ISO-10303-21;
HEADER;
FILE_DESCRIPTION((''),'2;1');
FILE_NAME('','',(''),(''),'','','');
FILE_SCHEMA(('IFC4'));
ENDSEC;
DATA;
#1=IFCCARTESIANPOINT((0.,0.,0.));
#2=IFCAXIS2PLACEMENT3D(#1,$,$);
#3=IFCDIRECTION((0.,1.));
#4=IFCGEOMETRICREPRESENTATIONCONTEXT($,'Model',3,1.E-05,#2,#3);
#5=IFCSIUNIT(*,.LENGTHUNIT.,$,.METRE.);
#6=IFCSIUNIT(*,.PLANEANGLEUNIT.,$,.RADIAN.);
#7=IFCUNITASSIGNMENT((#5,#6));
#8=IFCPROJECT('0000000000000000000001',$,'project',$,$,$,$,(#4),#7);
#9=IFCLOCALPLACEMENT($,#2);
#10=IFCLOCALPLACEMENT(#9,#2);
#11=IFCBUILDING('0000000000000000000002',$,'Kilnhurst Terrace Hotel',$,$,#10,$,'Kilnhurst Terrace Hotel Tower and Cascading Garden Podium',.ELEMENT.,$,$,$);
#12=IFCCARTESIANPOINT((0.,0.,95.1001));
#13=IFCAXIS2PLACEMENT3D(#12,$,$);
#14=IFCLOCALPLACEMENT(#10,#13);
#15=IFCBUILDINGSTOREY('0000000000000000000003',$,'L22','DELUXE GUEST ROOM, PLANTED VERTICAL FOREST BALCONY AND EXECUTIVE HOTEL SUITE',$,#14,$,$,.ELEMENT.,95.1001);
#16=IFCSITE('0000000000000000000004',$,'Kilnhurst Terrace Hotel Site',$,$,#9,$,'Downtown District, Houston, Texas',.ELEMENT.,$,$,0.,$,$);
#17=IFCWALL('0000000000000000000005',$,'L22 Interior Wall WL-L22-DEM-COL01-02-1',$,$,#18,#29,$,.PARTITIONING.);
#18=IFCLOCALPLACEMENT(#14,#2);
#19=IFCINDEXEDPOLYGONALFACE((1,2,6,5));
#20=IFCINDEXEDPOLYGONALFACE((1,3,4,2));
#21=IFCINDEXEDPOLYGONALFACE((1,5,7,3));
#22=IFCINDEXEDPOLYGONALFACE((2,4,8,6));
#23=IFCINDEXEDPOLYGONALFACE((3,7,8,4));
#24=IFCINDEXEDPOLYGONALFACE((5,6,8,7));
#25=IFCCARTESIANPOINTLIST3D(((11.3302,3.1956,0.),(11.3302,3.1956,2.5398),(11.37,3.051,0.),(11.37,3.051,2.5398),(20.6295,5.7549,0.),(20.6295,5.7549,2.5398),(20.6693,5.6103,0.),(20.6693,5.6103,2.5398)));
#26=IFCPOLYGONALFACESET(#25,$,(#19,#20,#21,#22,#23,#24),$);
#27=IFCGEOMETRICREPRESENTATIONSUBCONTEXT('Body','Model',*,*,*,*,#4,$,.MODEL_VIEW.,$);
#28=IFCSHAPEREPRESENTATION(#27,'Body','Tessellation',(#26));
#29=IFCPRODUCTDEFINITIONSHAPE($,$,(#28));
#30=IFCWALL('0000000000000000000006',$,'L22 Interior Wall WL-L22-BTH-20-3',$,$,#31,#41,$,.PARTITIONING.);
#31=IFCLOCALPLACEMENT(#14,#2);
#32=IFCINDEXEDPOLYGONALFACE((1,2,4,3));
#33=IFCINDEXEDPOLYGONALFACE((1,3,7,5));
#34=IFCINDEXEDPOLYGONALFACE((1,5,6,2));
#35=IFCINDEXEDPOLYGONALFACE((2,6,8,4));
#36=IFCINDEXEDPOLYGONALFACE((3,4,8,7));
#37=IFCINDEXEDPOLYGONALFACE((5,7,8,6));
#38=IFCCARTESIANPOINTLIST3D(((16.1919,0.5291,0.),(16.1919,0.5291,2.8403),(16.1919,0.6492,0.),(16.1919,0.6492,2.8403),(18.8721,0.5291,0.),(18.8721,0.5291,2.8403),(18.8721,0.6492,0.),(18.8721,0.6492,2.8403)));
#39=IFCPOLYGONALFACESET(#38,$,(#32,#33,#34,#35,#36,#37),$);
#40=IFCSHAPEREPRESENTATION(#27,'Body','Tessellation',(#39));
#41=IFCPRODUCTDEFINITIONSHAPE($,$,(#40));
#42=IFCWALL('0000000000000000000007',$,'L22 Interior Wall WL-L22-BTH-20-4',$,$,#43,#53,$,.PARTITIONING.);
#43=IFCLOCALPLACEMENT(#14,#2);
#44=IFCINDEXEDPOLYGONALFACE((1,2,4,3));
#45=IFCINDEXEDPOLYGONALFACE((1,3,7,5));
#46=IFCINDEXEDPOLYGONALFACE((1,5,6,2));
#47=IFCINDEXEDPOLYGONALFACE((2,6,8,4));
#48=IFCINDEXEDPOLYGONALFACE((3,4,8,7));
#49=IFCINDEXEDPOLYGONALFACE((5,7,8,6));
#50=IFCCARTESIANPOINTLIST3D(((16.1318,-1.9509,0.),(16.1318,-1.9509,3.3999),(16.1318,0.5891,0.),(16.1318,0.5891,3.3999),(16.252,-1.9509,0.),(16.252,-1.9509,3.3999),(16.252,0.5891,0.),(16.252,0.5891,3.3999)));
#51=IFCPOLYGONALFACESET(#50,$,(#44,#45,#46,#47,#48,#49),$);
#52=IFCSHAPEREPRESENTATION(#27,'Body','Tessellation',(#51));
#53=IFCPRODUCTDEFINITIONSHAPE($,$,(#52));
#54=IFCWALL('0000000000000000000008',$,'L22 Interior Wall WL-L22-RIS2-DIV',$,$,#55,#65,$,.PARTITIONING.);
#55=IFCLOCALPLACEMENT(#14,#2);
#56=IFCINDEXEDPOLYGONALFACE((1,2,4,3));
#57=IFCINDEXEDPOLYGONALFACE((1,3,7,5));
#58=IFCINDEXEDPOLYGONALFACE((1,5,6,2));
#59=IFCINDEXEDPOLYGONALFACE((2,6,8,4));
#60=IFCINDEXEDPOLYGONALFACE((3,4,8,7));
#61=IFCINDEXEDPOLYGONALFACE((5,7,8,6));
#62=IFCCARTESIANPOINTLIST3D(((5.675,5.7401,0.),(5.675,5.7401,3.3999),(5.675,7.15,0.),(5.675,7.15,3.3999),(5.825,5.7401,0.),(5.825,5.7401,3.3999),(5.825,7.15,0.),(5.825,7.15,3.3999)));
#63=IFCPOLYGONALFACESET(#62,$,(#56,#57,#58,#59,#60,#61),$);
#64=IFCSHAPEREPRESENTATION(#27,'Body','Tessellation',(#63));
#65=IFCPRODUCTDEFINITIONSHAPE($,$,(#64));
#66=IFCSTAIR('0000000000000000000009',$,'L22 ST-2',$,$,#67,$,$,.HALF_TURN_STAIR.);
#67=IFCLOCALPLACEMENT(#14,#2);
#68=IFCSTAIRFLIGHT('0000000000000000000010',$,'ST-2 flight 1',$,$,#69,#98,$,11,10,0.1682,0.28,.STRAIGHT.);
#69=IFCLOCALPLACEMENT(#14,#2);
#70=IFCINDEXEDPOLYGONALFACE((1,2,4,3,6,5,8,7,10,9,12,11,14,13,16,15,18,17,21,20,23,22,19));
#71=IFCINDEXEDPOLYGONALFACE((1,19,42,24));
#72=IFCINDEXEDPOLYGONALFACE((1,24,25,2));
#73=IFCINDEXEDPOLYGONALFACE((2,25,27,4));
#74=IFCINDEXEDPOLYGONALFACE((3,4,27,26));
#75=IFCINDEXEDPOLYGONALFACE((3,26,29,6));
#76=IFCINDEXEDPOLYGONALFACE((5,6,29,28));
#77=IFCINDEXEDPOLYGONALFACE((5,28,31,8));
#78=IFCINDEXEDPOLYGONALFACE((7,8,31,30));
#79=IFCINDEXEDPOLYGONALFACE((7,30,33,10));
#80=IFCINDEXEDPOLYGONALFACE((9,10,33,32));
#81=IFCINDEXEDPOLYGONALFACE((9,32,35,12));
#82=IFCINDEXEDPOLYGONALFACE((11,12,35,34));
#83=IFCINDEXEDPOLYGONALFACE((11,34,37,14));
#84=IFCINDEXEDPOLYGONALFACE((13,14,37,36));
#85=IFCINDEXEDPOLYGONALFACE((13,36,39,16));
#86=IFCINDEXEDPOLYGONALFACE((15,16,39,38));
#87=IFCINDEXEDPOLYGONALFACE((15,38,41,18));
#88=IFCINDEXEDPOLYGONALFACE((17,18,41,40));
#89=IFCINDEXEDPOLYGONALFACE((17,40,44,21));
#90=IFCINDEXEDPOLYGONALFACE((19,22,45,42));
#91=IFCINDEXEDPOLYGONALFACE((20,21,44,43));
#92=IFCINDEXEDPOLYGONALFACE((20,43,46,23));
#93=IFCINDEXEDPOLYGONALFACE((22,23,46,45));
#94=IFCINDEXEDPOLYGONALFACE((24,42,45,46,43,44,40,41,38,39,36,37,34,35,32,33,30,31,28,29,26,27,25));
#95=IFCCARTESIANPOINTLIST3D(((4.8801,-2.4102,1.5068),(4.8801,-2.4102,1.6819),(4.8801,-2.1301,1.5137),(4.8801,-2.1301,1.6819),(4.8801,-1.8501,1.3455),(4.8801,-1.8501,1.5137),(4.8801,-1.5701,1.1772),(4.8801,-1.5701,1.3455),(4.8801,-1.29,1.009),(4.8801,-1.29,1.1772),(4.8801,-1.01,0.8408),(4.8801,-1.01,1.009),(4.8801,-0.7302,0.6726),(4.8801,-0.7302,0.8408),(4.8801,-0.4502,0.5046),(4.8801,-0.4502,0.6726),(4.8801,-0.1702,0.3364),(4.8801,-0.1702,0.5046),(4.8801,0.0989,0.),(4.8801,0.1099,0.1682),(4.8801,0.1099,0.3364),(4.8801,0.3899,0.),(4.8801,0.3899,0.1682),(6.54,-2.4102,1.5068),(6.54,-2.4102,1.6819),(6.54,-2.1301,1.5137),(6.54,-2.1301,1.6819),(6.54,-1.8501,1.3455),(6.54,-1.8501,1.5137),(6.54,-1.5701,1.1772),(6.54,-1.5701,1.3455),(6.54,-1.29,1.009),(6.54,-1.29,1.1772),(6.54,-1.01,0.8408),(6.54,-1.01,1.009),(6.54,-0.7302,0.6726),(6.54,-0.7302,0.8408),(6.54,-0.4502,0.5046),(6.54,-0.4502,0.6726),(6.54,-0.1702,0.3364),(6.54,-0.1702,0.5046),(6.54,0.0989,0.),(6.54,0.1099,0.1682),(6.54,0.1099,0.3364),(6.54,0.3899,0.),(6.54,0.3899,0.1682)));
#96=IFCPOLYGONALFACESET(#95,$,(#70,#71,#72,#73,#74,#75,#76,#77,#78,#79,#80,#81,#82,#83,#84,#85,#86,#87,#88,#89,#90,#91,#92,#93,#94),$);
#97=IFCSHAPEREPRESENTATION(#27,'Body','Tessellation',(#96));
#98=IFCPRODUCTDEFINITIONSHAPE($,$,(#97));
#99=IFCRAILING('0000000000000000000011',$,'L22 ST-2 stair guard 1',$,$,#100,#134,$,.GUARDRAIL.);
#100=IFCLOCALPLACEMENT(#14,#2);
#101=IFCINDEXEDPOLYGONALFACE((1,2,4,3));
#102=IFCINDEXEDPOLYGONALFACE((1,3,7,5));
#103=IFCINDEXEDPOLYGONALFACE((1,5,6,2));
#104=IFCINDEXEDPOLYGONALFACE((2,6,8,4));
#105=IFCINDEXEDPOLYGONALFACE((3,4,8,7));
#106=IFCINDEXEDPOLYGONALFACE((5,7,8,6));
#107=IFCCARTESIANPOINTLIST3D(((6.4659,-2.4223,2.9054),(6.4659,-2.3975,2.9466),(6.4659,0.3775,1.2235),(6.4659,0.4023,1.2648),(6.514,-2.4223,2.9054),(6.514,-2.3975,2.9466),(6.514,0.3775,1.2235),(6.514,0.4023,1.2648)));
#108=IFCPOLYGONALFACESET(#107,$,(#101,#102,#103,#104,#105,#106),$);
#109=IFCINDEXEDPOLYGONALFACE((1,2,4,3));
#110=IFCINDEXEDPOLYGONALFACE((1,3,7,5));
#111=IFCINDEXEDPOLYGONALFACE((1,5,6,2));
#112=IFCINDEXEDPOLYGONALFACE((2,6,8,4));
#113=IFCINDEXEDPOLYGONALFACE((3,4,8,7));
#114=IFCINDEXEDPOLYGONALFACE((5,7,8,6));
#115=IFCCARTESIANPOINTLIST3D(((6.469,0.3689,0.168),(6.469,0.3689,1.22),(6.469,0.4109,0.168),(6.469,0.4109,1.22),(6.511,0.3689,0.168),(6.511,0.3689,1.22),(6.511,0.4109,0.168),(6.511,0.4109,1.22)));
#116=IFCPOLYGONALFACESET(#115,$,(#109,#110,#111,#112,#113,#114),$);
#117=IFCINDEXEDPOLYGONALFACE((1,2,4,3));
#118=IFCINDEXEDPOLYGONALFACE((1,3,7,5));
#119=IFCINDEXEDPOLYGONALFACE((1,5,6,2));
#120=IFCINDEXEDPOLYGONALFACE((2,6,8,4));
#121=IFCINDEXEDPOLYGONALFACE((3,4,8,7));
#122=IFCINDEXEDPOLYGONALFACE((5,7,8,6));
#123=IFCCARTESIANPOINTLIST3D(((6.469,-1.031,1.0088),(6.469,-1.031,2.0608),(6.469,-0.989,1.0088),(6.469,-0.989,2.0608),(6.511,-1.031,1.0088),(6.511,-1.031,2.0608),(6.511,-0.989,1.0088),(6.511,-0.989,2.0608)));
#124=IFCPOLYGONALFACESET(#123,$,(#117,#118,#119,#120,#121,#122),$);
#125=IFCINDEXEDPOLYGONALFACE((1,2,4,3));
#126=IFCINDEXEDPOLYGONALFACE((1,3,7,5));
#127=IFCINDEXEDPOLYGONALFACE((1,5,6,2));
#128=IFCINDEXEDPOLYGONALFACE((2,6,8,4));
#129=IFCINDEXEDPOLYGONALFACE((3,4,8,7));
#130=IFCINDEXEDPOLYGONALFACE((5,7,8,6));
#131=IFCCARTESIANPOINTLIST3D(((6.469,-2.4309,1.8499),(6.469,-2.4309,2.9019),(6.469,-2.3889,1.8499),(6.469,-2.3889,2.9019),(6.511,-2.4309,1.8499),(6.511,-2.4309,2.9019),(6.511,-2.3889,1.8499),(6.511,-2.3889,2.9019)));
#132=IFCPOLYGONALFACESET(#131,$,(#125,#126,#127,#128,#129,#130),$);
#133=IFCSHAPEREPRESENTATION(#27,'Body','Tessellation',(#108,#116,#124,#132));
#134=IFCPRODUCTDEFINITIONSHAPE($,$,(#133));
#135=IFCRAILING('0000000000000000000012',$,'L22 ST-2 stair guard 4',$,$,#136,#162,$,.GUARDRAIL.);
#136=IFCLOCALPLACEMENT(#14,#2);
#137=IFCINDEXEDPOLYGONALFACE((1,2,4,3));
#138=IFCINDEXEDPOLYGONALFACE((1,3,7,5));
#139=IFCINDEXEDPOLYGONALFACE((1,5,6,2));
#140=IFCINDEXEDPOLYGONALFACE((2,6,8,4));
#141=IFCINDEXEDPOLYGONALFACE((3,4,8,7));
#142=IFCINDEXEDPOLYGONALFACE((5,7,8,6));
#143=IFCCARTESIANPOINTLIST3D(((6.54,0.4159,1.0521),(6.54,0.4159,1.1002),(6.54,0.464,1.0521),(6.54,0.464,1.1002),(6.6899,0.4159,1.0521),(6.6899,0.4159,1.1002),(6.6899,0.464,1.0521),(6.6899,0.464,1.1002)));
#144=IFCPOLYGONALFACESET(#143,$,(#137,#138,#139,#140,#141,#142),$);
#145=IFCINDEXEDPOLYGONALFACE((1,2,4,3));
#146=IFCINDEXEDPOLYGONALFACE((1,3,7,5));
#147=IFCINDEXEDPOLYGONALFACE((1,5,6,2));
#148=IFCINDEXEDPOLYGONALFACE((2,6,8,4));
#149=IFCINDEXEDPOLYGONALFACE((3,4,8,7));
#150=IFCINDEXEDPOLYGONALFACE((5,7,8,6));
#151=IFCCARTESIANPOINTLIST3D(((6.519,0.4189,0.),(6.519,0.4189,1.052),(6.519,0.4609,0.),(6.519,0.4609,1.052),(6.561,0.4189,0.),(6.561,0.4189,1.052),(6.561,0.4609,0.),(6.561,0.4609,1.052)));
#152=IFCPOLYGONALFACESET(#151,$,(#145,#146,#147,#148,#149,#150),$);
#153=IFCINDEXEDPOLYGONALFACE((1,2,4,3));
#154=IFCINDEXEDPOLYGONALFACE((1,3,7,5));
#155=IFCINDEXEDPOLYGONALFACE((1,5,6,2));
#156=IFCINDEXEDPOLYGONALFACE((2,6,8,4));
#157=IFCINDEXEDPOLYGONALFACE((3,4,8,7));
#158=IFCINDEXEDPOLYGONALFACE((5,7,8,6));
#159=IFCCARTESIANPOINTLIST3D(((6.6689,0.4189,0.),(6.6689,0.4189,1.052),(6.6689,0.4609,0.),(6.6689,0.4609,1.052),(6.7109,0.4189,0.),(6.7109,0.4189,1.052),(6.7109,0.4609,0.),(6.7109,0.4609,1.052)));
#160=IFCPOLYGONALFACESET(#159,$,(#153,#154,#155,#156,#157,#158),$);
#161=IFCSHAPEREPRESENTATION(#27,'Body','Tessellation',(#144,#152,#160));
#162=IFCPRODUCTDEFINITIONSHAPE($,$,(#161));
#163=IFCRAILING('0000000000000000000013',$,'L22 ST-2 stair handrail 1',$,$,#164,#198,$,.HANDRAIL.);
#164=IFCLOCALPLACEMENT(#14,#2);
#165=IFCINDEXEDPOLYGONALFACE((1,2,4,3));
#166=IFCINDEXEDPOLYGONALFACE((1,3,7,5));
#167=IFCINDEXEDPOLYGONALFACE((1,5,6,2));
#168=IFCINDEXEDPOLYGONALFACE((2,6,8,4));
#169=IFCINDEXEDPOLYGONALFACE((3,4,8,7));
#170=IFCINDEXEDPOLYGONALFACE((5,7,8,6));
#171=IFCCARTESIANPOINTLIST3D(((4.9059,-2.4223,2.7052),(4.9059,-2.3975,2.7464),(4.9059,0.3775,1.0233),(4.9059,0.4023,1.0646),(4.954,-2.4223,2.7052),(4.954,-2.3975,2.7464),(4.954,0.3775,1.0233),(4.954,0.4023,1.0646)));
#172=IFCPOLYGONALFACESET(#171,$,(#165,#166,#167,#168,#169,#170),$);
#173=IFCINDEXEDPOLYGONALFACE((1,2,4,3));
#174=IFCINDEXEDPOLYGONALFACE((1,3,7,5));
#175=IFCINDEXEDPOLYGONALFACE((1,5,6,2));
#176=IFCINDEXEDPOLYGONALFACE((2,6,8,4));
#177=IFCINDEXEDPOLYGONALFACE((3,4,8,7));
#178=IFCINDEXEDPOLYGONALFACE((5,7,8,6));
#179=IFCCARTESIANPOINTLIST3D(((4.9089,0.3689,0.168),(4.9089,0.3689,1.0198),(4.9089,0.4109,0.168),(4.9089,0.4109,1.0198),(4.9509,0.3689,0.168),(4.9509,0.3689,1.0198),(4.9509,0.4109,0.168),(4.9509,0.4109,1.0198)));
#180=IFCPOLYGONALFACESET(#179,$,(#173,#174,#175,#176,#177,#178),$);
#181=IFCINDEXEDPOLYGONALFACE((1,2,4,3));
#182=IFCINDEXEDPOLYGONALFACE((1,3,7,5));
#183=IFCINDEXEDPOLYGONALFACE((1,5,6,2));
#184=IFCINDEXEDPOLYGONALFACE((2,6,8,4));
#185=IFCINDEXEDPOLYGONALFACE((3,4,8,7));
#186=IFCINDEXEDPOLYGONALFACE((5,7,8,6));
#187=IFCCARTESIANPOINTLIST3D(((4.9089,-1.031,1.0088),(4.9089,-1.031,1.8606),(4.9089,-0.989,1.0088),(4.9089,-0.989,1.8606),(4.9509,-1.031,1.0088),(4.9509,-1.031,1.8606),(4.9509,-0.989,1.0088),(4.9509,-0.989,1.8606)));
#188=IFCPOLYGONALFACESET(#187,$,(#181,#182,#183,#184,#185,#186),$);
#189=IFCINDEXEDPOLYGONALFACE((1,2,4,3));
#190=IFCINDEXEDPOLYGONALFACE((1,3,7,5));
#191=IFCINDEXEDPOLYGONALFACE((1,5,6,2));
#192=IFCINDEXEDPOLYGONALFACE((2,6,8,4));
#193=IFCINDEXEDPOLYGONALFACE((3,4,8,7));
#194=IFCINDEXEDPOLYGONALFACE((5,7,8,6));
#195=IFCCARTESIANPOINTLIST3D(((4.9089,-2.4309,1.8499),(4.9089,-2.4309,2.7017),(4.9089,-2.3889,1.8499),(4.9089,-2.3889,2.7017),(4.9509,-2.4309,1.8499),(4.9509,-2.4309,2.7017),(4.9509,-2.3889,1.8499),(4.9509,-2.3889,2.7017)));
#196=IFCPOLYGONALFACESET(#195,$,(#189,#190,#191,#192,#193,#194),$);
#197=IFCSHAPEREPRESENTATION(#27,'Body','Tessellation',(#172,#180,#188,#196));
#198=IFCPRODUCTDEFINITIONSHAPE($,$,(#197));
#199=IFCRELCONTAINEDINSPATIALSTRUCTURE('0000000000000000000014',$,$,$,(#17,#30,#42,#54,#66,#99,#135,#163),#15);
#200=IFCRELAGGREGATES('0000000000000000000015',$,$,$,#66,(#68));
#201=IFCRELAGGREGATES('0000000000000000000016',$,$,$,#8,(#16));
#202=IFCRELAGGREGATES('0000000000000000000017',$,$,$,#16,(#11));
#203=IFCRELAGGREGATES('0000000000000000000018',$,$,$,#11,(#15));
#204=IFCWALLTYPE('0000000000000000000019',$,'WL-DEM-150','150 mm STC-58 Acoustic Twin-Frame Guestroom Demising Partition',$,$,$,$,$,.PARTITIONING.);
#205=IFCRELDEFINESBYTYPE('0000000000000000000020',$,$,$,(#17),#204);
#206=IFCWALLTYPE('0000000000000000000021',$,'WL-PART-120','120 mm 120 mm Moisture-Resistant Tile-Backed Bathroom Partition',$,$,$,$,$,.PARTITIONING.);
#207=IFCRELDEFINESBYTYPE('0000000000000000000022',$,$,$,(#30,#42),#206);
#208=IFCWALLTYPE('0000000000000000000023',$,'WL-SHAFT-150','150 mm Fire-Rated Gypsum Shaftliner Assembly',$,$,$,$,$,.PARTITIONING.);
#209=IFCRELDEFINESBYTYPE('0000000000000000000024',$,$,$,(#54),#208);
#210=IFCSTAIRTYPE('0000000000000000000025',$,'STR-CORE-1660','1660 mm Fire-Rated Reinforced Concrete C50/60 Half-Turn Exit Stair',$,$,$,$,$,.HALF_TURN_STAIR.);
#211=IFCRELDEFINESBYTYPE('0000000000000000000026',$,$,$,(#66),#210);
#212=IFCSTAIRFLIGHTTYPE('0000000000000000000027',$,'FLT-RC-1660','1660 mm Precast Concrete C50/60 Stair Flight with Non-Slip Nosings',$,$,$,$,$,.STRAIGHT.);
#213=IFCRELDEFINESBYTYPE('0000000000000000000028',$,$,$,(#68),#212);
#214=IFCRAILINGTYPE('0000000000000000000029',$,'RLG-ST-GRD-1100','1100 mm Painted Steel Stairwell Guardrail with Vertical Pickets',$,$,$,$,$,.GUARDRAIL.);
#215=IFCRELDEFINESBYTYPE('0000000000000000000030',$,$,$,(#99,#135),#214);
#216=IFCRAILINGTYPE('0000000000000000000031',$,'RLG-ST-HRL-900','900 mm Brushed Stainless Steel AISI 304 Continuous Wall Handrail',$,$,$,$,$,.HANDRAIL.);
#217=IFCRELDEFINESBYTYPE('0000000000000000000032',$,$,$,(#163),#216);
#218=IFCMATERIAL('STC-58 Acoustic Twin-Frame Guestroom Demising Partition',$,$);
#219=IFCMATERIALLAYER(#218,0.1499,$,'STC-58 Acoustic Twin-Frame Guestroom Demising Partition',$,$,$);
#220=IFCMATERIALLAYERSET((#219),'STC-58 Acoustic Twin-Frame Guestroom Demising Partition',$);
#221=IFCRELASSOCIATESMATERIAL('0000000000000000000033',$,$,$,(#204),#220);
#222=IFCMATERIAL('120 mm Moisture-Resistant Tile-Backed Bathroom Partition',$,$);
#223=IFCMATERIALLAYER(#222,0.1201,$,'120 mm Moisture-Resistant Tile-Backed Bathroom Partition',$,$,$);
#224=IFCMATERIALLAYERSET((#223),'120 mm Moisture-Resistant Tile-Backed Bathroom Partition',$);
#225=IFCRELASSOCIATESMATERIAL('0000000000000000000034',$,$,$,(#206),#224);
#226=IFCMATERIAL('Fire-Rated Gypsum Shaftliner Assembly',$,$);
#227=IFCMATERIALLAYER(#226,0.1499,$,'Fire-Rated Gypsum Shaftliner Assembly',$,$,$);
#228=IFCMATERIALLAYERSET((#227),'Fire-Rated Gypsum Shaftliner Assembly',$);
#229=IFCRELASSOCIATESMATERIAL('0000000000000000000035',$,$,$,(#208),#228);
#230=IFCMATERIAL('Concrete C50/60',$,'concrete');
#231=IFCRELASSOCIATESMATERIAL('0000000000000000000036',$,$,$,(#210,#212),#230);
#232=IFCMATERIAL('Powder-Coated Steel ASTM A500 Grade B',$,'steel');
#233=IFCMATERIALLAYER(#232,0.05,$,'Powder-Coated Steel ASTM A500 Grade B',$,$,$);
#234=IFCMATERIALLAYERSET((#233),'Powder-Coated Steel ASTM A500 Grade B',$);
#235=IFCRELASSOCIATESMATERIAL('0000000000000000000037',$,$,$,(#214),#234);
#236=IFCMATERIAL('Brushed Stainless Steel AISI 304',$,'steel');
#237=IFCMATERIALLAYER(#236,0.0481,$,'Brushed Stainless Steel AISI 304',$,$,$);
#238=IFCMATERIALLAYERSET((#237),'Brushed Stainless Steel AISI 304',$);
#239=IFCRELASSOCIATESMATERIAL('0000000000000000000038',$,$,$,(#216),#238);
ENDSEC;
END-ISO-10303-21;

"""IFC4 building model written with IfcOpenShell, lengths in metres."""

from ifc_helpers import new_model, si_unit, direction, frame, frame_2d, origin, origin_2d, place, context, subcontext, project, spatial, polyline, rectangle, outline, extrude, material, layer, layer_set, type_object, element, aggregate, save


model = new_model("IFC4")

# Units and contexts
model_context = context("Model", 3, precision=1e-05, world=origin(), true_north=direction((0.0, 1.0)))
body_context = subcontext(model_context, "Body", "Model", "MODEL_VIEW")
ifc_project = project(units=[si_unit("LENGTHUNIT", "METRE"), si_unit("PLANEANGLEUNIT", "RADIAN")], contexts=[model_context])

# Site, building, storey
site_placement = place(None, origin())
site = spatial("IfcSite", under=ifc_project, at=site_placement, Name="Kilnhurst Terrace Hotel Site", LongName="Downtown District, Houston, Texas", CompositionType="ELEMENT", RefElevation=0.0)
building_placement = place(site_placement, origin())
building = spatial("IfcBuilding", under=site, at=building_placement, Name="Kilnhurst Terrace Hotel", LongName="Kilnhurst Terrace Hotel Tower and Cascading Garden Podium", CompositionType="ELEMENT")
storey_placement = place(building_placement, frame((0.0, 0.0, 95.1001)))
storey = spatial("IfcBuildingStorey", under=building, at=storey_placement, Name="L22", Description="DELUXE GUEST ROOM, PLANTED VERTICAL FOREST BALCONY AND EXECUTIVE HOTEL SUITE", CompositionType="ELEMENT", Elevation=95.1001)

# Shared definitions
ifc_material_1 = material(Name="Concrete C50/60", Category="concrete")

# Walls
ifc_material_2 = material(Name="STC-58 Acoustic Twin-Frame Guestroom Demising Partition")
ifc_layer_1 = layer(ifc_material_2, 0.1499, Name="STC-58 Acoustic Twin-Frame Guestroom Demising Partition")
ifc_layer_set_1 = layer_set([ifc_layer_1], Name="STC-58 Acoustic Twin-Frame Guestroom Demising Partition")
wall_type_1 = type_object("IfcWallType", Name="WL-DEM-150", Description="150 mm STC-58 Acoustic Twin-Frame Guestroom Demising Partition", PredefinedType="PARTITIONING", material=ifc_layer_set_1)
wall_1_placement = place(storey_placement, frame((11.3501, 3.1233, 0.0), z_axis=(0.0, 0.0, 1.0), x_axis=(0.964152, 0.265351, 0.0)))
element("IfcWall", 1, at=wall_1_placement, inside=storey, type_object=wall_type_1, Name="L22 Interior Wall WL-L22-DEM-COL01-02-1", PredefinedType="PARTITIONING", context=body_context, shape_type="SweptSolid", body=[
    extrude(rectangle(XDim=9.645, YDim=0.1499, at=frame_2d((4.8225, 0.0))), origin(), (0.0, 0.0, 1.0), 2.5398),
])
ifc_material_3 = material(Name="120 mm Moisture-Resistant Tile-Backed Bathroom Partition")
ifc_layer_2 = layer(ifc_material_3, 0.1201, Name="120 mm Moisture-Resistant Tile-Backed Bathroom Partition")
ifc_layer_set_2 = layer_set([ifc_layer_2], Name="120 mm Moisture-Resistant Tile-Backed Bathroom Partition")
wall_type_2 = type_object("IfcWallType", Name="WL-PART-120", Description="120 mm 120 mm Moisture-Resistant Tile-Backed Bathroom Partition", PredefinedType="PARTITIONING", material=ifc_layer_set_2)
wall_2_placement = place(storey_placement, frame((18.8721, 0.5891, 0.0), z_axis=(0.0, 0.0, 1.0), x_axis=(-1.0, 0.0, 0.0)))
element("IfcWall", 2, at=wall_2_placement, inside=storey, type_object=wall_type_2, Name="L22 Interior Wall WL-L22-BTH-20-3", PredefinedType="PARTITIONING", context=body_context, shape_type="SweptSolid", body=[
    extrude(rectangle(XDim=2.6802, YDim=0.1201, at=frame_2d((1.3401, 0.0))), origin(), (0.0, 0.0, 1.0), 2.8403),
])
wall_3_placement = place(storey_placement, frame((16.1919, 0.5891, 0.0), z_axis=(0.0, 0.0, 1.0), x_axis=(0.0, -1.0, 0.0)))
element("IfcWall", 3, at=wall_3_placement, inside=storey, type_object=wall_type_2, Name="L22 Interior Wall WL-L22-BTH-20-4", PredefinedType="PARTITIONING", context=body_context, shape_type="SweptSolid", body=[
    extrude(rectangle(XDim=2.54, YDim=0.1201, at=frame_2d((1.27, 0.0))), origin(), (0.0, 0.0, 1.0), 3.3999),
])
ifc_material_4 = material(Name="Fire-Rated Gypsum Shaftliner Assembly")
ifc_layer_3 = layer(ifc_material_4, 0.1499, Name="Fire-Rated Gypsum Shaftliner Assembly")
ifc_layer_set_3 = layer_set([ifc_layer_3], Name="Fire-Rated Gypsum Shaftliner Assembly")
wall_type_3 = type_object("IfcWallType", Name="WL-SHAFT-150", Description="150 mm Fire-Rated Gypsum Shaftliner Assembly", PredefinedType="PARTITIONING", material=ifc_layer_set_3)
wall_4_placement = place(storey_placement, frame((5.75, 5.74, 0.0), z_axis=(0.0, 0.0, 1.0), x_axis=(0.0, 1.0, 0.0)))
element("IfcWall", 4, at=wall_4_placement, inside=storey, type_object=wall_type_3, Name="L22 Interior Wall WL-L22-RIS2-DIV", PredefinedType="PARTITIONING", context=body_context, shape_type="SweptSolid", body=[
    extrude(rectangle(XDim=1.4099, YDim=0.1499, at=frame_2d((0.7051, 0.0))), origin(), (0.0, 0.0, 1.0), 3.3999),
])

# Stair, stair flight
stair_type = type_object("IfcStairType", Name="STR-CORE-1660", Description="1660 mm Fire-Rated Reinforced Concrete C50/60 Half-Turn Exit Stair", PredefinedType="HALF_TURN_STAIR", material=ifc_material_1)
stair_placement = place(storey_placement, origin())
stair = element("IfcStair", 5, at=stair_placement, inside=storey, type_object=stair_type, Name="L22 ST-2", PredefinedType="HALF_TURN_STAIR")
stair_flight_type = type_object("IfcStairFlightType", Name="FLT-RC-1660", Description="1660 mm Precast Concrete C50/60 Stair Flight with Non-Slip Nosings", PredefinedType="STRAIGHT", material=ifc_material_1)
stair_flight_placement = place(storey_placement, frame((5.71, 0.3899, 0.0), z_axis=(0.0, 0.0, 1.0), x_axis=(0.0, -1.0, 0.0)))
stair_flight = element("IfcStairFlight", 6, at=stair_flight_placement, type_object=stair_flight_type, Name="ST-2 flight 1", NumberOfRisers=11, NumberOfTreads=10, PredefinedType="STRAIGHT", RiserHeight=0.1682, TreadLength=0.28, context=body_context, shape_type="SweptSolid", body=[
    extrude(outline(polyline([(0.0, 0.0), (0.0, 0.1682), (0.28, 0.1682), (0.28, 0.3364), (0.5601, 0.3364), (0.5601, 0.5046), (0.8401, 0.5046), (0.8401, 0.6726), (1.1201, 0.6726), (1.1201, 0.8408), (1.3999, 0.8408), (1.3999, 1.009), (1.6799, 1.009), (1.6799, 1.1772), (1.96, 1.1772), (1.96, 1.3455), (2.24, 1.3455), (2.24, 1.5137), (2.52, 1.5137), (2.52, 1.6819), (2.8, 1.6819), (2.8, 1.8501), (2.8, 1.5068), (0.291, 0.0), (0.0, 0.0)])), frame((0.0, 0.8301, 0.0), z_axis=(0.0, -1.0, 0.0), x_axis=(1.0, 0.0, 0.0)), (0.0, 0.0, 1.0), 1.6599),
])
aggregate(stair, [stair_flight])

# Railings
ifc_material_5 = material(Name="Powder-Coated Steel ASTM A500 Grade B", Category="steel")
ifc_layer_4 = layer(ifc_material_5, 0.05, Name="Powder-Coated Steel ASTM A500 Grade B")
ifc_layer_set_4 = layer_set([ifc_layer_4], Name="Powder-Coated Steel ASTM A500 Grade B")
railing_type_1 = type_object("IfcRailingType", Name="RLG-ST-GRD-1100", Description="1100 mm Painted Steel Stairwell Guardrail with Vertical Pickets", PredefinedType="GUARDRAIL", material=ifc_layer_set_4)
railing_1_placement = place(storey_placement, frame((6.49, 0.3899, 0.168)))
element("IfcRailing", 7, at=railing_1_placement, inside=storey, type_object=railing_type_1, Name="L22 ST-2 stair guard 1", PredefinedType="GUARDRAIL", context=body_context, shape_type="SweptSolid", body=[
    extrude(rectangle(XDim=0.0481, YDim=0.0481, at=origin_2d()), frame((0.0, 0.0, 1.0762), z_axis=(0.0, -0.857222, 0.514946), x_axis=(1.0, 0.0, 0.0)), (0.0, 0.0, 1.0), 3.2661),
    extrude(rectangle(XDim=0.042, YDim=0.042, at=origin_2d()), origin(), (0.0, 0.0, 1.0), 1.052),
    extrude(rectangle(XDim=0.042, YDim=0.042, at=origin_2d()), frame((0.0, -1.3999, 0.8408)), (0.0, 0.0, 1.0), 1.052),
    extrude(rectangle(XDim=0.042, YDim=0.042, at=origin_2d()), frame((0.0, -2.7998, 1.6819)), (0.0, 0.0, 1.0), 1.052),
])
railing_2_placement = place(storey_placement, frame((6.54, 0.4399, 0.0)))
element("IfcRailing", 8, at=railing_2_placement, inside=storey, type_object=railing_type_1, Name="L22 ST-2 stair guard 4", PredefinedType="GUARDRAIL", context=body_context, shape_type="SweptSolid", body=[
    extrude(rectangle(XDim=0.0481, YDim=0.0481, at=origin_2d()), frame((0.0, 0.0, 1.0762), z_axis=(1.0, 0.0, 0.0), x_axis=(0.0, 1.0, 0.0)), (0.0, 0.0, 1.0), 0.1499),
    extrude(rectangle(XDim=0.042, YDim=0.042, at=origin_2d()), origin(), (0.0, 0.0, 1.0), 1.052),
    extrude(rectangle(XDim=0.042, YDim=0.042, at=origin_2d()), frame((0.1499, 0.0, 0.0)), (0.0, 0.0, 1.0), 1.052),
])
ifc_material_6 = material(Name="Brushed Stainless Steel AISI 304", Category="steel")
ifc_layer_5 = layer(ifc_material_6, 0.0481, Name="Brushed Stainless Steel AISI 304")
ifc_layer_set_5 = layer_set([ifc_layer_5], Name="Brushed Stainless Steel AISI 304")
railing_type_2 = type_object("IfcRailingType", Name="RLG-ST-HRL-900", Description="900 mm Brushed Stainless Steel AISI 304 Continuous Wall Handrail", PredefinedType="HANDRAIL", material=ifc_layer_set_5)
railing_3_placement = place(storey_placement, frame((4.9299, 0.3899, 0.168)))
element("IfcRailing", 9, at=railing_3_placement, inside=storey, type_object=railing_type_2, Name="L22 ST-2 stair handrail 1", PredefinedType="HANDRAIL", context=body_context, shape_type="SweptSolid", body=[
    extrude(rectangle(XDim=0.0481, YDim=0.0481, at=origin_2d()), frame((0.0, 0.0, 0.876), z_axis=(0.0, -0.857222, 0.514946), x_axis=(1.0, 0.0, 0.0)), (0.0, 0.0, 1.0), 3.2661),
    extrude(rectangle(XDim=0.042, YDim=0.042, at=origin_2d()), origin(), (0.0, 0.0, 1.0), 0.8518),
    extrude(rectangle(XDim=0.042, YDim=0.042, at=origin_2d()), frame((0.0, -1.3999, 0.8408)), (0.0, 0.0, 1.0), 0.8518),
    extrude(rectangle(XDim=0.042, YDim=0.042, at=origin_2d()), frame((0.0, -2.7998, 1.6819)), (0.0, 0.0, 1.0), 0.8518),
])

save(model, "model.ifc")
